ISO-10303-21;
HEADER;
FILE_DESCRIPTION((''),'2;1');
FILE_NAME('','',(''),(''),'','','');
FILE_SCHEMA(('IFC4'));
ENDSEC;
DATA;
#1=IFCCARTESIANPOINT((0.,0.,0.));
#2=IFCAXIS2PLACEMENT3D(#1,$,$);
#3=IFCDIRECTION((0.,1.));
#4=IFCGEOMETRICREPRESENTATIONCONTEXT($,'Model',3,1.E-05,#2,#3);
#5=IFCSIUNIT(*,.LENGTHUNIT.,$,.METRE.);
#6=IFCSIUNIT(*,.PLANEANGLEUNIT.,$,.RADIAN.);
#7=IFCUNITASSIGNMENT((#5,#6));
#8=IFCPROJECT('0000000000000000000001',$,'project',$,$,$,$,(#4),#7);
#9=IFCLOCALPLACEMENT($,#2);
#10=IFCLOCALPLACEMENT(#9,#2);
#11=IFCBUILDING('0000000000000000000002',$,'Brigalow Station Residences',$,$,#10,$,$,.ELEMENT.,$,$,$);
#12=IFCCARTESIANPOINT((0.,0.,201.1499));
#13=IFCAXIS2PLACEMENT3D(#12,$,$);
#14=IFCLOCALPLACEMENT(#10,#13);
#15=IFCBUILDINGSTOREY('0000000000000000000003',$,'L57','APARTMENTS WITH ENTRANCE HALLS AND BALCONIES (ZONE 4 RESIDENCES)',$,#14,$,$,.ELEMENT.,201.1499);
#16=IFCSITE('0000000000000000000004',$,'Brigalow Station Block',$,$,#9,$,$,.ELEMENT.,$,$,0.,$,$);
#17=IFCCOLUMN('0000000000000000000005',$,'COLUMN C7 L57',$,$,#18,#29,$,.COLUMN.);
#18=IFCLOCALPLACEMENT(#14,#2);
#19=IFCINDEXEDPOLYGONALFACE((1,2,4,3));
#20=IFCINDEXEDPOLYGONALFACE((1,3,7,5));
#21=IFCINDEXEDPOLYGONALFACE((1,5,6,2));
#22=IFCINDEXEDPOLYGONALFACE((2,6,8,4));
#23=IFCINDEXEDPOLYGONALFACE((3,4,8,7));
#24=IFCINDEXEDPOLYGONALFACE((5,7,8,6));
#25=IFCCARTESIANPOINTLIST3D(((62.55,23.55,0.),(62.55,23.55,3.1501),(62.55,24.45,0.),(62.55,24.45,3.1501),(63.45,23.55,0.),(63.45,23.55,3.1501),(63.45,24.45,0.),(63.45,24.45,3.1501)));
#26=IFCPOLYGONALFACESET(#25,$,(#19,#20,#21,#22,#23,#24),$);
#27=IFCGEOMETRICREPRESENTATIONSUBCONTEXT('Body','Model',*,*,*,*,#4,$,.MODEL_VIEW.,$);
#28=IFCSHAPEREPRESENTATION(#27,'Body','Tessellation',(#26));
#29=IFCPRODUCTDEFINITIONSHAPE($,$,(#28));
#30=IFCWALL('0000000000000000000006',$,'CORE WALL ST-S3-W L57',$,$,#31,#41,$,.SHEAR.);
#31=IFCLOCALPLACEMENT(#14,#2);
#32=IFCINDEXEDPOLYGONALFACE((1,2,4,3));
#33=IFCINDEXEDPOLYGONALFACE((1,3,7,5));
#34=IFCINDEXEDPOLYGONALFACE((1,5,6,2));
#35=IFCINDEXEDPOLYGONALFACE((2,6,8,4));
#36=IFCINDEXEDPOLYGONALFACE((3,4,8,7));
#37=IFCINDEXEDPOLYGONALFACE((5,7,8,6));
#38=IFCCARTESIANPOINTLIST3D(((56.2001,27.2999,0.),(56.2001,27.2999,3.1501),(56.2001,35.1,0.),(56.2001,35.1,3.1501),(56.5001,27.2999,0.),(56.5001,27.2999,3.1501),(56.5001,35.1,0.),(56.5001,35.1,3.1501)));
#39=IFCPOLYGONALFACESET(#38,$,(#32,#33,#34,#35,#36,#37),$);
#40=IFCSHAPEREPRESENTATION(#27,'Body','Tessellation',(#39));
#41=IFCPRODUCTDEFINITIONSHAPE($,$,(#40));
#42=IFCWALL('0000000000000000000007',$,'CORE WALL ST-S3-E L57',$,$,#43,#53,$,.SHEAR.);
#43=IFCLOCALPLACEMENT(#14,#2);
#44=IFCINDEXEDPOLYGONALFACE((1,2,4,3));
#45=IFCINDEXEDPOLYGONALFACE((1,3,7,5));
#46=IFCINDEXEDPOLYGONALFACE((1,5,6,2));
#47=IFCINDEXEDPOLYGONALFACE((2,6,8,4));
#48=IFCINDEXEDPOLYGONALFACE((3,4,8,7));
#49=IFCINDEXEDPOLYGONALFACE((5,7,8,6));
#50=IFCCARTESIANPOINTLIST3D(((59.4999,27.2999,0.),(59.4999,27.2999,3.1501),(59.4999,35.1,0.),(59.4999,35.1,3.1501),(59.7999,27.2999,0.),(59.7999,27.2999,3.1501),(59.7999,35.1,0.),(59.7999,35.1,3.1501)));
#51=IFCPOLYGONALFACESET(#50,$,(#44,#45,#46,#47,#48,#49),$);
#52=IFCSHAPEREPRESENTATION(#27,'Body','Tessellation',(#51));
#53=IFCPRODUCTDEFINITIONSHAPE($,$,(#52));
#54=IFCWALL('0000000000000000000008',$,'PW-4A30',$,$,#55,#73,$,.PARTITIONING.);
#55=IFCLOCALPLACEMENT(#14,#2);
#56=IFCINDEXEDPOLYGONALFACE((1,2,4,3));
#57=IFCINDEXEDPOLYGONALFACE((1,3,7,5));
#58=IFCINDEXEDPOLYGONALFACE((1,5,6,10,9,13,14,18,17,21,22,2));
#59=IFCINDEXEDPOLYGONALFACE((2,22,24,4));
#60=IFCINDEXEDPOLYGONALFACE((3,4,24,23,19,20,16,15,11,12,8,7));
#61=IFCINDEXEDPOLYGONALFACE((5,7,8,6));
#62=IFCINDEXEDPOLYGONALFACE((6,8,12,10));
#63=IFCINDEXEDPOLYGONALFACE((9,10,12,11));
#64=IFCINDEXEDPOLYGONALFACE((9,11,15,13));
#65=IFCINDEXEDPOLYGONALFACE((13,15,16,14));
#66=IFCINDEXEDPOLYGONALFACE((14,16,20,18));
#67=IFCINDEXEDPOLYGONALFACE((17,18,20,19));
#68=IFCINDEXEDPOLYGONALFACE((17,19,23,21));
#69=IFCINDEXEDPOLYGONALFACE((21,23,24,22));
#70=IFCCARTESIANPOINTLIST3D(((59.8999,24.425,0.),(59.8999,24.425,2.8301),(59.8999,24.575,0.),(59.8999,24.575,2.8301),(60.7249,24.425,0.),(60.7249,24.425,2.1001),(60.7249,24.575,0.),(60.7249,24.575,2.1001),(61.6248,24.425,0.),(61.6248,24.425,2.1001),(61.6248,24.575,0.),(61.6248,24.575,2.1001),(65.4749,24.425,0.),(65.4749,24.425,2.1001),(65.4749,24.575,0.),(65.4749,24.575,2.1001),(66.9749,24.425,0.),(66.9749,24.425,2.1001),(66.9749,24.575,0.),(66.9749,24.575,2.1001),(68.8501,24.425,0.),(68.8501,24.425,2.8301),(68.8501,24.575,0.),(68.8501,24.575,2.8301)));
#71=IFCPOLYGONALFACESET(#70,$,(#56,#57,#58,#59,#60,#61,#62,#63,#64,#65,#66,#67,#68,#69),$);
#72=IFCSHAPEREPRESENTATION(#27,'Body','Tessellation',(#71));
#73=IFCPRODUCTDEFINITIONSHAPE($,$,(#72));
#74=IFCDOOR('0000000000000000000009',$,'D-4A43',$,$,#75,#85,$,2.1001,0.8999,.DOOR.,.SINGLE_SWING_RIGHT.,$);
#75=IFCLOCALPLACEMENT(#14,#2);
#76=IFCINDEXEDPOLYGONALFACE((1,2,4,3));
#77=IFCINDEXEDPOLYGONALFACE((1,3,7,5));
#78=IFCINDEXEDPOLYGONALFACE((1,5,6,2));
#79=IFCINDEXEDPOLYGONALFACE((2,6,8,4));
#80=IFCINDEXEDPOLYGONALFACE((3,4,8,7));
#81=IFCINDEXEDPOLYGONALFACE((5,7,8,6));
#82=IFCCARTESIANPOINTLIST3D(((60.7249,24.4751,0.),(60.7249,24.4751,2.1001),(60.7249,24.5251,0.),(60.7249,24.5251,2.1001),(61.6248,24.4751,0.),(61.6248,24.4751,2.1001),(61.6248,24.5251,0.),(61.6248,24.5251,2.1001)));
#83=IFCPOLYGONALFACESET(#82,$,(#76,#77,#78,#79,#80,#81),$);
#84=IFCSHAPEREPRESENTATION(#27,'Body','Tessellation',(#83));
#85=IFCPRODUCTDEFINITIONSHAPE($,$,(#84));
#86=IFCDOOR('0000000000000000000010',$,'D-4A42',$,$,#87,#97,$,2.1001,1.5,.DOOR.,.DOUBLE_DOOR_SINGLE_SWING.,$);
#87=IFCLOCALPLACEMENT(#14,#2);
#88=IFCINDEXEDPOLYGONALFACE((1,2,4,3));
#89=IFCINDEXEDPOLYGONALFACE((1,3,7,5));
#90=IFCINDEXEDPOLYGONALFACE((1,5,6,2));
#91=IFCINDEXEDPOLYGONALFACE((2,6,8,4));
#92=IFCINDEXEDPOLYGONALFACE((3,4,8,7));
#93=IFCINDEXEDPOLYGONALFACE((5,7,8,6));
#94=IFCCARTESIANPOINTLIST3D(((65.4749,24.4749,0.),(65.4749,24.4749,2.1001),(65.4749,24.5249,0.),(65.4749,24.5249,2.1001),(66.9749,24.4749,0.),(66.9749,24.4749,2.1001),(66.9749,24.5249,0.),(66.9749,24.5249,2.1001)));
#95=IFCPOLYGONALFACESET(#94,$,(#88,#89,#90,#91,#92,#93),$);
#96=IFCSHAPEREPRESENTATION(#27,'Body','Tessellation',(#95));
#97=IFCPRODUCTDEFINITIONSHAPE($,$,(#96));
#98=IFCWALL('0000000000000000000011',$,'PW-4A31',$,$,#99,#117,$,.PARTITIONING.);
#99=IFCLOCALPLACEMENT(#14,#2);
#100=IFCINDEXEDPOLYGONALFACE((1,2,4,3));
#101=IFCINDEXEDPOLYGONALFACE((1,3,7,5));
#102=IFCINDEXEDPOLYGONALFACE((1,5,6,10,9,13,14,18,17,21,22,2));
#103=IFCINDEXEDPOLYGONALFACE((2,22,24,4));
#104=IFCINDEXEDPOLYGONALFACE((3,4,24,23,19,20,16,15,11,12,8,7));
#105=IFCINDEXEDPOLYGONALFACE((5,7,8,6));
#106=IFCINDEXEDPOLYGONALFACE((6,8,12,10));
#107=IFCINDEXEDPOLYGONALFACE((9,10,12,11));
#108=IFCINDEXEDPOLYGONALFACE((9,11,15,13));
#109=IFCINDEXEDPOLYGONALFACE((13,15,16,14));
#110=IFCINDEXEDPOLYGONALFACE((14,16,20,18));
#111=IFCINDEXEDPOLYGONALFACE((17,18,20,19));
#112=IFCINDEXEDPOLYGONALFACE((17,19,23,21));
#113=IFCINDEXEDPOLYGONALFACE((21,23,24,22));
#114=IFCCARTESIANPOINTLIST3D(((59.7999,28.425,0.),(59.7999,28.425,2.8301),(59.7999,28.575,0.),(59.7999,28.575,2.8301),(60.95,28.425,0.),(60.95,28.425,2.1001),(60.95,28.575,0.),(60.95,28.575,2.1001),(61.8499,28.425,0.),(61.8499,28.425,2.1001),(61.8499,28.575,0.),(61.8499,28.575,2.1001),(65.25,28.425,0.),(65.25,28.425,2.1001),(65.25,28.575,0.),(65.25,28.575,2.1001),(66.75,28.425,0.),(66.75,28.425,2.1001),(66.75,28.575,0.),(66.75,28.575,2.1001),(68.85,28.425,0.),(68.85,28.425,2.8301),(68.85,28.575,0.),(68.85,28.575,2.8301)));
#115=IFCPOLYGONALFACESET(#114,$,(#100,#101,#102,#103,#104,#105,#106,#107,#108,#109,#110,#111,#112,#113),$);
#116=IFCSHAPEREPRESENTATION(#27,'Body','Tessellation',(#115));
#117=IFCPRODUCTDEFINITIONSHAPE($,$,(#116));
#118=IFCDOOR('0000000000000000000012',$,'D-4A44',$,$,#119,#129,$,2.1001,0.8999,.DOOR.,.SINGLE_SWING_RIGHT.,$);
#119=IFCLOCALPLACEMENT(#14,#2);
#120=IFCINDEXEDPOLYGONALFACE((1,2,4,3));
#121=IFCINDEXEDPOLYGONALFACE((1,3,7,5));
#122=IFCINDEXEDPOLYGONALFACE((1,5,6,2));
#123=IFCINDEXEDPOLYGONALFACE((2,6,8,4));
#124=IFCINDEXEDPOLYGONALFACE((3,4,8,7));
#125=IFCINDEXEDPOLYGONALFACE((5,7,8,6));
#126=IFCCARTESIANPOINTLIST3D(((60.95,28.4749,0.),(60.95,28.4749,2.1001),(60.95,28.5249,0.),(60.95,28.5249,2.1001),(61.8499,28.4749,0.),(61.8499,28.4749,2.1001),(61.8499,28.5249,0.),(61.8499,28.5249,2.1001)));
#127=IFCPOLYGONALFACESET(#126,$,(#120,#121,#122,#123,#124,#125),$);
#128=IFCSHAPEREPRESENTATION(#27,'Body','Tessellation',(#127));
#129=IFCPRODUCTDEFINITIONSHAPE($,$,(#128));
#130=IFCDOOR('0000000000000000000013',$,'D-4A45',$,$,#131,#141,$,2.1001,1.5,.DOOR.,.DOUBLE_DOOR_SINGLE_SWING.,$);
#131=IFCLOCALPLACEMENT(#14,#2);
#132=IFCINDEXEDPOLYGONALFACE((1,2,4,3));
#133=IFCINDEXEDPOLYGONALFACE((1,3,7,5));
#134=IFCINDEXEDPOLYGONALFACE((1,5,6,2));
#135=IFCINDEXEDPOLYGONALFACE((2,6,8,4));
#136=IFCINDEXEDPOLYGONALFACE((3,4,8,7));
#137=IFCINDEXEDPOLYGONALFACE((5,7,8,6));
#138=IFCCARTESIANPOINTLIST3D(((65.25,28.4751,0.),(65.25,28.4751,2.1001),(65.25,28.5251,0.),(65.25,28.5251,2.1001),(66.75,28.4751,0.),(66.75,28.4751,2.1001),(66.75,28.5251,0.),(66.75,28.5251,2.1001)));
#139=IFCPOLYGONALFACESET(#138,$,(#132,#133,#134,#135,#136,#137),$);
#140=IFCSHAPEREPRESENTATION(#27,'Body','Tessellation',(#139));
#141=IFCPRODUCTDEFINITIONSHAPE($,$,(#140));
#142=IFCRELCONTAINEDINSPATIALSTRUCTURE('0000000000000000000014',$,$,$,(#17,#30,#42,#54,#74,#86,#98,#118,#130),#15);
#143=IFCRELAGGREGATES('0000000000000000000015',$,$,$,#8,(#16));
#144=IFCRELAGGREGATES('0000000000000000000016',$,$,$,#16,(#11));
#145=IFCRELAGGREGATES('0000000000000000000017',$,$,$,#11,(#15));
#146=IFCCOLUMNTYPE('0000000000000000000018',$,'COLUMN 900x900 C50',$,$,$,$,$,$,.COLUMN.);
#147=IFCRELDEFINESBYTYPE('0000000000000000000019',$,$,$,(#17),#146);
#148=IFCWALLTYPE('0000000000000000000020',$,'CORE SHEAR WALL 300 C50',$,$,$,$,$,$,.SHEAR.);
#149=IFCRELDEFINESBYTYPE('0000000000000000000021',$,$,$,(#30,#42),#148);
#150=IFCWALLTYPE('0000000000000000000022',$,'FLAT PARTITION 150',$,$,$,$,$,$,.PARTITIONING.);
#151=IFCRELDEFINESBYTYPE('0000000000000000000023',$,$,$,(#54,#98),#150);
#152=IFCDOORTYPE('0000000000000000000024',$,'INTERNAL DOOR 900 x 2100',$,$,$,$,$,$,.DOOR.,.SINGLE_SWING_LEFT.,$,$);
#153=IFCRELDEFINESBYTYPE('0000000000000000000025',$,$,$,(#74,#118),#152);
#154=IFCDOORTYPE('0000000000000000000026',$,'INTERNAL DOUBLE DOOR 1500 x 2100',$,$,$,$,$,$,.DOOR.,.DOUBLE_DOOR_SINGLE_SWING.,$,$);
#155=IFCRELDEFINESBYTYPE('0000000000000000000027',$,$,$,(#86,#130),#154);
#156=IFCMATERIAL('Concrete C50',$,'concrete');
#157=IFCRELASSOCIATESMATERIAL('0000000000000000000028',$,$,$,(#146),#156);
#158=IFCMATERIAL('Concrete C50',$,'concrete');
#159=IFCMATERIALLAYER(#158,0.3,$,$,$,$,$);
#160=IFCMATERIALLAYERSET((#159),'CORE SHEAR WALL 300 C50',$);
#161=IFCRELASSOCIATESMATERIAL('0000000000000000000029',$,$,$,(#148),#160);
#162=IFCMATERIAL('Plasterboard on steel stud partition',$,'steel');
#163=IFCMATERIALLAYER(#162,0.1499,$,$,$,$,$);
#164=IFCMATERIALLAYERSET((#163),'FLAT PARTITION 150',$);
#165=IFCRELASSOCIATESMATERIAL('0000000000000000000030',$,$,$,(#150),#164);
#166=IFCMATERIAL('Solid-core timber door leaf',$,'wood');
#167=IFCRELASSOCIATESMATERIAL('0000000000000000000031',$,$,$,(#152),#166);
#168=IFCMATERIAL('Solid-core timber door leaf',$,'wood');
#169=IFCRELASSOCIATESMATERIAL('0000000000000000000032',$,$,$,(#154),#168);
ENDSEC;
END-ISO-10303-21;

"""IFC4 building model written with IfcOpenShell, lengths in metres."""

from ifc_helpers import new_model, si_unit, direction, frame, frame_2d, origin, origin_2d, place, context, subcontext, project, spatial, rectangle, extrude, material, layer, layer_set, material_profile, profile_set, type_object, element, fill, save


model = new_model("IFC4")

# Units and contexts
model_context = context("Model", 3, precision=1e-05, world=origin(), true_north=direction((0.0, 1.0)))
body_context = subcontext(model_context, "Body", "Model", "MODEL_VIEW")
ifc_project = project(units=[si_unit("LENGTHUNIT", "METRE"), si_unit("PLANEANGLEUNIT", "RADIAN")], contexts=[model_context])

# Site, building, storey
site_placement = place(None, origin())
site = spatial("IfcSite", under=ifc_project, at=site_placement, Name="Brigalow Station Block", CompositionType="ELEMENT", RefElevation=0.0)
building_placement = place(site_placement, origin())
building = spatial("IfcBuilding", under=site, at=building_placement, Name="Brigalow Station Residences", CompositionType="ELEMENT")
storey_placement = place(building_placement, frame((0.0, 0.0, 201.1499)))
storey = spatial("IfcBuildingStorey", under=building, at=storey_placement, Name="L57", Description="APARTMENTS WITH ENTRANCE HALLS AND BALCONIES (ZONE 4 RESIDENCES)", CompositionType="ELEMENT", Elevation=201.1499)

# Column
ifc_material_1 = material(Name="Concrete C50", Category="concrete")
ifc_material_profile = material_profile(ifc_material_1, rectangle(XDim=0.8999, YDim=0.8999, at=origin_2d()), Name="RC900x900")
ifc_profile_set = profile_set([ifc_material_profile], Name="Concrete C50")
column_type = type_object("IfcColumnType", Name="COLUMN 900x900 C50", PredefinedType="COLUMN", material=ifc_profile_set)
column_placement = place(storey_placement, frame((63.0, 24.0, 0.0), z_axis=(0.0, 0.0, 1.0), x_axis=(1.0, 0.0, 0.0)))
element("IfcColumn", 1, at=column_placement, inside=storey, type_object=column_type, Name="COLUMN C7 L57", PredefinedType="COLUMN", context=body_context, shape_type="SweptSolid", body=[
    extrude(rectangle(XDim=0.8999, YDim=0.8999, at=origin_2d()), origin(), (0.0, 0.0, 1.0), 3.1501),
])

# Walls
ifc_material_2 = material(Name="Concrete C50", Category="concrete")
ifc_layer_1 = layer(ifc_material_2, 0.3)
ifc_layer_set_1 = layer_set([ifc_layer_1], Name="CORE SHEAR WALL 300 C50")
wall_type_1 = type_object("IfcWallType", Name="CORE SHEAR WALL 300 C50", PredefinedType="SHEAR", material=ifc_layer_set_1)
for number, where, z_axis, x_axis, name in (
    (2, (56.3501, 27.3, 0.0), (0.0, 0.0, 1.0), (0.0, 1.0, 0.0), "CORE WALL ST-S3-W L57"),
    (3, (59.6499, 27.3, 0.0), (0.0, 0.0, 1.0), (0.0, 1.0, 0.0), "CORE WALL ST-S3-E L57"),
):
    element("IfcWall", number, at=place(storey_placement, frame(where, z_axis=z_axis, x_axis=x_axis)), inside=storey, type_object=wall_type_1, Name=name, PredefinedType="SHEAR", context=body_context, shape_type="SweptSolid", body=[
        extrude(rectangle(XDim=7.8, YDim=0.3, at=frame_2d((3.8999, 0.0))), origin(), (0.0, 0.0, 1.0), 3.1501),
    ])

# Walls, openings, doors
ifc_material_3 = material(Name="Plasterboard on steel stud partition", Category="steel")
ifc_layer_2 = layer(ifc_material_3, 0.1499)
ifc_layer_set_2 = layer_set([ifc_layer_2], Name="FLAT PARTITION 150")
wall_type_2 = type_object("IfcWallType", Name="FLAT PARTITION 150", PredefinedType="PARTITIONING", material=ifc_layer_set_2)
wall_1_placement = place(storey_placement, frame((59.8999, 24.5, 0.0), z_axis=(0.0, 0.0, 1.0), x_axis=(1.0, 0.0, 0.0)))
wall_1 = element("IfcWall", 4, at=wall_1_placement, inside=storey, type_object=wall_type_2, Name="PW-4A30", PredefinedType="PARTITIONING", context=body_context, shape_type="SweptSolid", body=[
    extrude(rectangle(XDim=8.9502, YDim=0.1499, at=frame_2d((4.4751, 0.0))), origin(), (0.0, 0.0, 1.0), 2.8301),
])
opening_1_placement = place(wall_1_placement, frame((5.575, 0.0, 0.0)))
opening_1 = element("IfcOpeningElement", 5, at=opening_1_placement, cuts=wall_1, PredefinedType="OPENING", context=body_context, shape_type="SweptSolid", body=[
    extrude(rectangle(XDim=1.5, YDim=2.1001, at=frame_2d((0.75, 1.05))), frame((0.0, 0.085, 0.0), z_axis=(0.0, -1.0, 0.0), x_axis=(1.0, 0.0, 0.0)), (0.0, 0.0, 1.0), 0.1699),
])
opening_2_placement = place(wall_1_placement, frame((0.825, 0.0, 0.0)))
opening_2 = element("IfcOpeningElement", 6, at=opening_2_placement, cuts=wall_1, PredefinedType="OPENING", context=body_context, shape_type="SweptSolid", body=[
    extrude(rectangle(XDim=0.8999, YDim=2.1001, at=frame_2d((0.45, 1.05))), frame((0.0, 0.085, 0.0), z_axis=(0.0, -1.0, 0.0), x_axis=(1.0, 0.0, 0.0)), (0.0, 0.0, 1.0), 0.1699),
])
ifc_material_4 = material(Name="Solid-core timber door leaf", Category="wood")
door_type_1 = type_object("IfcDoorType", Name="INTERNAL DOOR 900 x 2100", OperationType="SINGLE_SWING_LEFT", PredefinedType="DOOR", material=ifc_material_4)
door_1_placement = place(opening_2_placement, frame((0.8999, 0.0, 0.0), z_axis=(0.0, 0.0, 1.0), x_axis=(-1.0, 0.0, 0.0)))
door_1 = element("IfcDoor", 7, at=door_1_placement, inside=storey, type_object=door_type_1, Name="D-4A43", OperationType="SINGLE_SWING_RIGHT", OverallHeight=2.1001, OverallWidth=0.8999, PredefinedType="DOOR", context=body_context, shape_type="SweptSolid", body=[
    extrude(rectangle(XDim=0.8999, YDim=2.1001, at=frame_2d((0.45, 1.05))), frame((0.0, 0.0249, 0.0), z_axis=(0.0, -1.0, 0.0), x_axis=(1.0, 0.0, 0.0)), (0.0, 0.0, 1.0), 0.05),
])
fill(opening_2, door_1)
ifc_material_5 = material(Name="Solid-core timber door leaf", Category="wood")
door_type_2 = type_object("IfcDoorType", Name="INTERNAL DOUBLE DOOR 1500 x 2100", OperationType="DOUBLE_DOOR_SINGLE_SWING", PredefinedType="DOOR", material=ifc_material_5)
door_2_placement = place(opening_1_placement, origin())
door_2 = element("IfcDoor", 8, at=door_2_placement, inside=storey, type_object=door_type_2, Name="D-4A42", OperationType="DOUBLE_DOOR_SINGLE_SWING", OverallHeight=2.1001, OverallWidth=1.5, PredefinedType="DOOR", context=body_context, shape_type="SweptSolid", body=[
    extrude(rectangle(XDim=1.5, YDim=2.1001, at=frame_2d((0.75, 1.05))), frame((0.0, 0.0249, 0.0), z_axis=(0.0, -1.0, 0.0), x_axis=(1.0, 0.0, 0.0)), (0.0, 0.0, 1.0), 0.05),
])
fill(opening_1, door_2)
wall_2_placement = place(storey_placement, frame((59.8, 28.5, 0.0), z_axis=(0.0, 0.0, 1.0), x_axis=(1.0, 0.0, 0.0)))
wall_2 = element("IfcWall", 9, at=wall_2_placement, inside=storey, type_object=wall_type_2, Name="PW-4A31", PredefinedType="PARTITIONING", context=body_context, shape_type="SweptSolid", body=[
    extrude(rectangle(XDim=9.05, YDim=0.1499, at=frame_2d((4.5249, 0.0))), origin(), (0.0, 0.0, 1.0), 2.8301),
])
opening_3_placement = place(wall_2_placement, frame((1.1499, 0.0, 0.0)))
opening_3 = element("IfcOpeningElement", 10, at=opening_3_placement, cuts=wall_2, PredefinedType="OPENING", context=body_context, shape_type="SweptSolid", body=[
    extrude(rectangle(XDim=0.8999, YDim=2.1001, at=frame_2d((0.45, 1.05))), frame((0.0, 0.085, 0.0), z_axis=(0.0, -1.0, 0.0), x_axis=(1.0, 0.0, 0.0)), (0.0, 0.0, 1.0), 0.1699),
])
opening_4_placement = place(wall_2_placement, frame((5.45, 0.0, 0.0)))
opening_4 = element("IfcOpeningElement", 11, at=opening_4_placement, cuts=wall_2, PredefinedType="OPENING", context=body_context, shape_type="SweptSolid", body=[
    extrude(rectangle(XDim=1.5, YDim=2.1001, at=frame_2d((0.75, 1.05))), frame((0.0, 0.085, 0.0), z_axis=(0.0, -1.0, 0.0), x_axis=(1.0, 0.0, 0.0)), (0.0, 0.0, 1.0), 0.1699),
])
door_3_placement = place(opening_3_placement, origin())
door_3 = element("IfcDoor", 12, at=door_3_placement, inside=storey, type_object=door_type_1, Name="D-4A44", OperationType="SINGLE_SWING_RIGHT", OverallHeight=2.1001, OverallWidth=0.8999, PredefinedType="DOOR", context=body_context, shape_type="SweptSolid", body=[
    extrude(rectangle(XDim=0.8999, YDim=2.1001, at=frame_2d((0.45, 1.05))), frame((0.0, 0.0249, 0.0), z_axis=(0.0, -1.0, 0.0), x_axis=(1.0, 0.0, 0.0)), (0.0, 0.0, 1.0), 0.05),
])
fill(opening_3, door_3)
door_4_placement = place(opening_4_placement, frame((1.5, 0.0, 0.0), z_axis=(0.0, 0.0, 1.0), x_axis=(-1.0, 0.0, 0.0)))
door_4 = element("IfcDoor", 13, at=door_4_placement, inside=storey, type_object=door_type_2, Name="D-4A45", OperationType="DOUBLE_DOOR_SINGLE_SWING", OverallHeight=2.1001, OverallWidth=1.5, PredefinedType="DOOR", context=body_context, shape_type="SweptSolid", body=[
    extrude(rectangle(XDim=1.5, YDim=2.1001, at=frame_2d((0.75, 1.05))), frame((0.0, 0.0249, 0.0), z_axis=(0.0, -1.0, 0.0), x_axis=(1.0, 0.0, 0.0)), (0.0, 0.0, 1.0), 0.05),
])
fill(opening_4, door_4)

save(model, "model.ifc")
